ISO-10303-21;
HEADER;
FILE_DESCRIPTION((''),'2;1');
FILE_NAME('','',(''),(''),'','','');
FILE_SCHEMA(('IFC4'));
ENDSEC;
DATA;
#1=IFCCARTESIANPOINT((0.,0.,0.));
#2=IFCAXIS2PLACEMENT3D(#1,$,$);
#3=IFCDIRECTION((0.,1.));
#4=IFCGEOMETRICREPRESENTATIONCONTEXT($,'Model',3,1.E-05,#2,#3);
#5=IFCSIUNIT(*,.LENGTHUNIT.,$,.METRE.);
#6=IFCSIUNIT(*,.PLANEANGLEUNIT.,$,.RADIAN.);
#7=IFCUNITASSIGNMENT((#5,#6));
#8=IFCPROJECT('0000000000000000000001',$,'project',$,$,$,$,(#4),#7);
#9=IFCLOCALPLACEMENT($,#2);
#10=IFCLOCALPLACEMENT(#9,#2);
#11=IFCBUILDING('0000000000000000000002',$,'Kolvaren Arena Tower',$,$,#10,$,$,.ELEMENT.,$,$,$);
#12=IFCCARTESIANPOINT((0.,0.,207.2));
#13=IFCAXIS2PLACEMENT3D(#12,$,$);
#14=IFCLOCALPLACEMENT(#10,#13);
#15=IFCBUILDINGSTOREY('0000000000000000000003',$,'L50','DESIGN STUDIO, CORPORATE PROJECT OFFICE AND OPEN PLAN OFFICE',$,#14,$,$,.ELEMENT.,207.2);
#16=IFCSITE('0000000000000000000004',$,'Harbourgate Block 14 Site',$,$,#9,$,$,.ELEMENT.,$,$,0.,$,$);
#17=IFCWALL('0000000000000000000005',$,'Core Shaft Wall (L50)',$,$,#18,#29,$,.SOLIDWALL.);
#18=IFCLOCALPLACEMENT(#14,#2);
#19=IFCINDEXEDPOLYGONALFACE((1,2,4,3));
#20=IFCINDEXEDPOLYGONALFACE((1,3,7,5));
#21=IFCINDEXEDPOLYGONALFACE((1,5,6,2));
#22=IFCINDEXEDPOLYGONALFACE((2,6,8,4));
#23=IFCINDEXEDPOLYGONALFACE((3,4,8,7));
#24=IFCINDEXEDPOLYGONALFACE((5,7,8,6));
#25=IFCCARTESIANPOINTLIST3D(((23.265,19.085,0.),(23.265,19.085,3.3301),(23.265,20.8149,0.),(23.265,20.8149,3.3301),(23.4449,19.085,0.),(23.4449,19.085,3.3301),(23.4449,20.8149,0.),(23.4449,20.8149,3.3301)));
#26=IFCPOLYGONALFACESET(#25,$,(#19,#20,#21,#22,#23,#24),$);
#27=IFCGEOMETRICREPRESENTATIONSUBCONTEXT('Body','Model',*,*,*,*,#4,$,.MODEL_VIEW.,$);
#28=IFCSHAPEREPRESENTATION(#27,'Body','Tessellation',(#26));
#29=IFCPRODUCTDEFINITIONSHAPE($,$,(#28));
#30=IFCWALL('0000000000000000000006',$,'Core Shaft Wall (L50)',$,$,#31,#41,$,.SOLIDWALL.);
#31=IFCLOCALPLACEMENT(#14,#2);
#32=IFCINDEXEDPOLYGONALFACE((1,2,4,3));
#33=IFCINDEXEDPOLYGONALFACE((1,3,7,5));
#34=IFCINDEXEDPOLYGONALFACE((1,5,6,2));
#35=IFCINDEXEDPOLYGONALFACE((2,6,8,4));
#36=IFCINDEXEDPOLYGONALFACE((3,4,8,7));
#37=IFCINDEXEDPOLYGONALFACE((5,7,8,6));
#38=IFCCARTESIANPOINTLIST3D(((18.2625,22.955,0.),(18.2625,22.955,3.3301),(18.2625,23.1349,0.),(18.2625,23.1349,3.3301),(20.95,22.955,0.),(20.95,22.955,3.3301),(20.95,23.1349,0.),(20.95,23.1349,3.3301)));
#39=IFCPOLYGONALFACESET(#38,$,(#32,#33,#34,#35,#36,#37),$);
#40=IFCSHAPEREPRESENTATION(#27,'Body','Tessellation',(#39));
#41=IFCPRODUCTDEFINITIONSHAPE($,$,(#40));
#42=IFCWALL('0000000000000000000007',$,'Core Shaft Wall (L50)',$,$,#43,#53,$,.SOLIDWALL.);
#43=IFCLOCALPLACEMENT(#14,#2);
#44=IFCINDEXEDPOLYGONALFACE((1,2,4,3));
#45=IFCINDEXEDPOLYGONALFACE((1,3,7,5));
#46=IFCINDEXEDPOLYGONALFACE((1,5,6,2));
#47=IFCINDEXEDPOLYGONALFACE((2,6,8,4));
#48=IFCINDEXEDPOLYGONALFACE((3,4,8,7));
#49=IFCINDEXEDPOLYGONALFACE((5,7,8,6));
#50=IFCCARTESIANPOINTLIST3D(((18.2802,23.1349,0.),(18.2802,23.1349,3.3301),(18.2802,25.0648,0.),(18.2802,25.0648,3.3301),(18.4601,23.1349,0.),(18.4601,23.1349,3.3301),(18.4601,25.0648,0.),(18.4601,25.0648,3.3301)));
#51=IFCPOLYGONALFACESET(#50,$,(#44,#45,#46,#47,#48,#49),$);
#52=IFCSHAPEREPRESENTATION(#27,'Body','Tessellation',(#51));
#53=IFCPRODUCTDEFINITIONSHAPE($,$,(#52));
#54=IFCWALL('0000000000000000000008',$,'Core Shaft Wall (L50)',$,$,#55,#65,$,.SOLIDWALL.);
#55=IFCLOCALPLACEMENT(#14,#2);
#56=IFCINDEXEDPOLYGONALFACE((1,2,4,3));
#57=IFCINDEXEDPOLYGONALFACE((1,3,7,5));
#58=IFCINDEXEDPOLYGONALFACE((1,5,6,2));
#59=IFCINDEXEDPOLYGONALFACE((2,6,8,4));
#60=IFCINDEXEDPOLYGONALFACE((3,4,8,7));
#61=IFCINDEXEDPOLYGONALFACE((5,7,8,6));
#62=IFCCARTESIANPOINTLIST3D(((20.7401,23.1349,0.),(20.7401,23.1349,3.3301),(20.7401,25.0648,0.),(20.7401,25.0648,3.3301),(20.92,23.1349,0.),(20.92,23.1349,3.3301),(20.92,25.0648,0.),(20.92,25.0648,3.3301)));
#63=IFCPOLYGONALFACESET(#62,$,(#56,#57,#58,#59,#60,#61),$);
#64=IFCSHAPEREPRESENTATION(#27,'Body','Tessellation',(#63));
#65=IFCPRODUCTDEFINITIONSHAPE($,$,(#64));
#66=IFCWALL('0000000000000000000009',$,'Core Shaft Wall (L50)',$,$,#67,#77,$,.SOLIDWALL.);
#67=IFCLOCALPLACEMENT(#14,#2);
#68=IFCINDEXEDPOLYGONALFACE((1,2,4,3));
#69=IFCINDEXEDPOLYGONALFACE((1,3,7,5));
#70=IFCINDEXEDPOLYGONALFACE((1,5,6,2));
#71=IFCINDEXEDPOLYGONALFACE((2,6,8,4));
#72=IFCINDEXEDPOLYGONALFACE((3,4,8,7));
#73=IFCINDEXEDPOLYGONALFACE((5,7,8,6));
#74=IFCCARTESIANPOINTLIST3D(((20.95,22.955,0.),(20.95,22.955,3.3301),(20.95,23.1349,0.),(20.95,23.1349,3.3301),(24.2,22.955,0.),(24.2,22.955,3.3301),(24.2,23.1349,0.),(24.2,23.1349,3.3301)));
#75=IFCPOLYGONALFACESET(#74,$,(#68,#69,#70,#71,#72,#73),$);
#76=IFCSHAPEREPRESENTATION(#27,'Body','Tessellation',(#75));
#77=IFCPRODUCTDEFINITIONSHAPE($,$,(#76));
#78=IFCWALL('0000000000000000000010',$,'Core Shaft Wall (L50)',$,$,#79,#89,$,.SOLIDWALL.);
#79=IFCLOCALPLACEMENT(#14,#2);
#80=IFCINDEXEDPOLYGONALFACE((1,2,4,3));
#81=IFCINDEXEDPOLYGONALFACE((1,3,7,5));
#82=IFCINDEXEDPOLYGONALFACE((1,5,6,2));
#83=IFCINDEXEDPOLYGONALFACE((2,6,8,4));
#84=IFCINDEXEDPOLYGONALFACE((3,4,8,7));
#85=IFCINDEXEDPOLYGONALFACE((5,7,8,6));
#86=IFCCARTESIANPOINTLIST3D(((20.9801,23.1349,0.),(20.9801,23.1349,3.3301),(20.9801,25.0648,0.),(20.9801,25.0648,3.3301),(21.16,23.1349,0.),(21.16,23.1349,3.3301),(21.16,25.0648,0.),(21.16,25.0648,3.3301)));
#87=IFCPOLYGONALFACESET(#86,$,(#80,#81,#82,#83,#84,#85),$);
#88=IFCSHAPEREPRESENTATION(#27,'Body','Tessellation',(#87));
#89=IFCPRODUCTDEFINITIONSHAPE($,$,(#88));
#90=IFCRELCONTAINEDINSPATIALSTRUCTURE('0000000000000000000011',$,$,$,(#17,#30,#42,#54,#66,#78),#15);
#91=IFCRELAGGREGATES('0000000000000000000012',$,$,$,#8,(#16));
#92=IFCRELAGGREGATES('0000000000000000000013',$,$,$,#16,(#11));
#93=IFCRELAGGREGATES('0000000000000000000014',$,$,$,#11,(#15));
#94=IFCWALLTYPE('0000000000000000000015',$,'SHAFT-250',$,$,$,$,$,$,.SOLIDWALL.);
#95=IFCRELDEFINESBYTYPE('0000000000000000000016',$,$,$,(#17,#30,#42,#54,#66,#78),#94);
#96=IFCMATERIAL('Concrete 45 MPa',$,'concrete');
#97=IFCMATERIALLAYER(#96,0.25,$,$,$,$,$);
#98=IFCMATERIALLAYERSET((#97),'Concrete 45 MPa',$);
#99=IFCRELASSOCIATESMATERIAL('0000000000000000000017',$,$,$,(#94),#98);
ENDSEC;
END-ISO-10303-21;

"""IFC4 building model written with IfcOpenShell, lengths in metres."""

from ifc_helpers import new_model, si_unit, direction, frame, frame_2d, origin, place, context, subcontext, project, spatial, rectangle, extrude, material, layer, layer_set, type_object, element, save


model = new_model("IFC4")

# Units and contexts
model_context = context("Model", 3, precision=1e-05, world=origin(), true_north=direction((0.0, 1.0)))
body_context = subcontext(model_context, "Body", "Model", "MODEL_VIEW")
ifc_project = project(units=[si_unit("LENGTHUNIT", "METRE"), si_unit("PLANEANGLEUNIT", "RADIAN")], contexts=[model_context])

# Site, building, storey
site_placement = place(None, origin())
site = spatial("IfcSite", under=ifc_project, at=site_placement, Name="Harbourgate Block 14 Site", CompositionType="ELEMENT", RefElevation=0.0)
building_placement = place(site_placement, origin())
building = spatial("IfcBuilding", under=site, at=building_placement, Name="Kolvaren Arena Tower", CompositionType="ELEMENT")
storey_placement = place(building_placement, frame((0.0, 0.0, 207.2)))
storey = spatial("IfcBuildingStorey", under=building, at=storey_placement, Name="L50", Description="DESIGN STUDIO, CORPORATE PROJECT OFFICE AND OPEN PLAN OFFICE", CompositionType="ELEMENT", Elevation=207.2)

# Shared definitions
ifc_material_1 = material(Name="Concrete 45 MPa", Category="concrete")
ifc_layer_1 = layer(ifc_material_1, 0.25)
ifc_layer_set_1 = layer_set([ifc_layer_1], Name="Concrete 45 MPa")
wall_type_1 = type_object("IfcWallType", Name="SHAFT-250", PredefinedType="SOLIDWALL", material=ifc_layer_set_1)

# Walls
for number, where, z_axis, x_axis, name in (
    (1, (23.355, 19.085, 0.0), (0.0, 0.0, 1.0), (0.0, 1.0, 0.0), "Core Shaft Wall (L50)"),
):
    element("IfcWall", number, at=place(storey_placement, frame(where, z_axis=z_axis, x_axis=x_axis)), inside=storey, type_object=wall_type_1, Name=name, PredefinedType="SOLIDWALL", context=body_context, shape_type="SweptSolid", body=[
        extrude(rectangle(XDim=1.73, YDim=0.1799, at=frame_2d((0.865, 0.0))), origin(), (0.0, 0.0, 1.0), 3.3301),
    ])
wall_1_placement = place(storey_placement, frame((18.2625, 23.0449, 0.0), z_axis=(0.0, 0.0, 1.0), x_axis=(1.0, 0.0, 0.0)))
element("IfcWall", 2, at=wall_1_placement, inside=storey, type_object=wall_type_1, Name="Core Shaft Wall (L50)", PredefinedType="SOLIDWALL", context=body_context, shape_type="SweptSolid", body=[
    extrude(rectangle(XDim=2.6875, YDim=0.1799, at=frame_2d((1.3438, 0.0))), origin(), (0.0, 0.0, 1.0), 3.3301),
])
for number, where, z_axis, x_axis, name in (
    (3, (18.3701, 23.135, 0.0), (0.0, 0.0, 1.0), (0.0, 1.0, 0.0), "Core Shaft Wall (L50)"),
    (4, (20.8301, 23.135, 0.0), (0.0, 0.0, 1.0), (0.0, 1.0, 0.0), "Core Shaft Wall (L50)"),
):
    element("IfcWall", number, at=place(storey_placement, frame(where, z_axis=z_axis, x_axis=x_axis)), inside=storey, type_object=wall_type_1, Name=name, PredefinedType="SOLIDWALL", context=body_context, shape_type="SweptSolid", body=[
        extrude(rectangle(XDim=1.9299, YDim=0.1799, at=frame_2d((0.9648, 0.0))), origin(), (0.0, 0.0, 1.0), 3.3301),
    ])
wall_2_placement = place(storey_placement, frame((20.95, 23.0449, 0.0), z_axis=(0.0, 0.0, 1.0), x_axis=(1.0, 0.0, 0.0)))
element("IfcWall", 5, at=wall_2_placement, inside=storey, type_object=wall_type_1, Name="Core Shaft Wall (L50)", PredefinedType="SOLIDWALL", context=body_context, shape_type="SweptSolid", body=[
    extrude(rectangle(XDim=3.25, YDim=0.1799, at=frame_2d((1.625, 0.0))), origin(), (0.0, 0.0, 1.0), 3.3301),
])
wall_3_placement = place(storey_placement, frame((21.0701, 23.135, 0.0), z_axis=(0.0, 0.0, 1.0), x_axis=(0.0, 1.0, 0.0)))
element("IfcWall", 6, at=wall_3_placement, inside=storey, type_object=wall_type_1, Name="Core Shaft Wall (L50)", PredefinedType="SOLIDWALL", context=body_context, shape_type="SweptSolid", body=[
    extrude(rectangle(XDim=1.9299, YDim=0.1799, at=frame_2d((0.9648, 0.0))), origin(), (0.0, 0.0, 1.0), 3.3301),
])

save(model, "model.ifc")
